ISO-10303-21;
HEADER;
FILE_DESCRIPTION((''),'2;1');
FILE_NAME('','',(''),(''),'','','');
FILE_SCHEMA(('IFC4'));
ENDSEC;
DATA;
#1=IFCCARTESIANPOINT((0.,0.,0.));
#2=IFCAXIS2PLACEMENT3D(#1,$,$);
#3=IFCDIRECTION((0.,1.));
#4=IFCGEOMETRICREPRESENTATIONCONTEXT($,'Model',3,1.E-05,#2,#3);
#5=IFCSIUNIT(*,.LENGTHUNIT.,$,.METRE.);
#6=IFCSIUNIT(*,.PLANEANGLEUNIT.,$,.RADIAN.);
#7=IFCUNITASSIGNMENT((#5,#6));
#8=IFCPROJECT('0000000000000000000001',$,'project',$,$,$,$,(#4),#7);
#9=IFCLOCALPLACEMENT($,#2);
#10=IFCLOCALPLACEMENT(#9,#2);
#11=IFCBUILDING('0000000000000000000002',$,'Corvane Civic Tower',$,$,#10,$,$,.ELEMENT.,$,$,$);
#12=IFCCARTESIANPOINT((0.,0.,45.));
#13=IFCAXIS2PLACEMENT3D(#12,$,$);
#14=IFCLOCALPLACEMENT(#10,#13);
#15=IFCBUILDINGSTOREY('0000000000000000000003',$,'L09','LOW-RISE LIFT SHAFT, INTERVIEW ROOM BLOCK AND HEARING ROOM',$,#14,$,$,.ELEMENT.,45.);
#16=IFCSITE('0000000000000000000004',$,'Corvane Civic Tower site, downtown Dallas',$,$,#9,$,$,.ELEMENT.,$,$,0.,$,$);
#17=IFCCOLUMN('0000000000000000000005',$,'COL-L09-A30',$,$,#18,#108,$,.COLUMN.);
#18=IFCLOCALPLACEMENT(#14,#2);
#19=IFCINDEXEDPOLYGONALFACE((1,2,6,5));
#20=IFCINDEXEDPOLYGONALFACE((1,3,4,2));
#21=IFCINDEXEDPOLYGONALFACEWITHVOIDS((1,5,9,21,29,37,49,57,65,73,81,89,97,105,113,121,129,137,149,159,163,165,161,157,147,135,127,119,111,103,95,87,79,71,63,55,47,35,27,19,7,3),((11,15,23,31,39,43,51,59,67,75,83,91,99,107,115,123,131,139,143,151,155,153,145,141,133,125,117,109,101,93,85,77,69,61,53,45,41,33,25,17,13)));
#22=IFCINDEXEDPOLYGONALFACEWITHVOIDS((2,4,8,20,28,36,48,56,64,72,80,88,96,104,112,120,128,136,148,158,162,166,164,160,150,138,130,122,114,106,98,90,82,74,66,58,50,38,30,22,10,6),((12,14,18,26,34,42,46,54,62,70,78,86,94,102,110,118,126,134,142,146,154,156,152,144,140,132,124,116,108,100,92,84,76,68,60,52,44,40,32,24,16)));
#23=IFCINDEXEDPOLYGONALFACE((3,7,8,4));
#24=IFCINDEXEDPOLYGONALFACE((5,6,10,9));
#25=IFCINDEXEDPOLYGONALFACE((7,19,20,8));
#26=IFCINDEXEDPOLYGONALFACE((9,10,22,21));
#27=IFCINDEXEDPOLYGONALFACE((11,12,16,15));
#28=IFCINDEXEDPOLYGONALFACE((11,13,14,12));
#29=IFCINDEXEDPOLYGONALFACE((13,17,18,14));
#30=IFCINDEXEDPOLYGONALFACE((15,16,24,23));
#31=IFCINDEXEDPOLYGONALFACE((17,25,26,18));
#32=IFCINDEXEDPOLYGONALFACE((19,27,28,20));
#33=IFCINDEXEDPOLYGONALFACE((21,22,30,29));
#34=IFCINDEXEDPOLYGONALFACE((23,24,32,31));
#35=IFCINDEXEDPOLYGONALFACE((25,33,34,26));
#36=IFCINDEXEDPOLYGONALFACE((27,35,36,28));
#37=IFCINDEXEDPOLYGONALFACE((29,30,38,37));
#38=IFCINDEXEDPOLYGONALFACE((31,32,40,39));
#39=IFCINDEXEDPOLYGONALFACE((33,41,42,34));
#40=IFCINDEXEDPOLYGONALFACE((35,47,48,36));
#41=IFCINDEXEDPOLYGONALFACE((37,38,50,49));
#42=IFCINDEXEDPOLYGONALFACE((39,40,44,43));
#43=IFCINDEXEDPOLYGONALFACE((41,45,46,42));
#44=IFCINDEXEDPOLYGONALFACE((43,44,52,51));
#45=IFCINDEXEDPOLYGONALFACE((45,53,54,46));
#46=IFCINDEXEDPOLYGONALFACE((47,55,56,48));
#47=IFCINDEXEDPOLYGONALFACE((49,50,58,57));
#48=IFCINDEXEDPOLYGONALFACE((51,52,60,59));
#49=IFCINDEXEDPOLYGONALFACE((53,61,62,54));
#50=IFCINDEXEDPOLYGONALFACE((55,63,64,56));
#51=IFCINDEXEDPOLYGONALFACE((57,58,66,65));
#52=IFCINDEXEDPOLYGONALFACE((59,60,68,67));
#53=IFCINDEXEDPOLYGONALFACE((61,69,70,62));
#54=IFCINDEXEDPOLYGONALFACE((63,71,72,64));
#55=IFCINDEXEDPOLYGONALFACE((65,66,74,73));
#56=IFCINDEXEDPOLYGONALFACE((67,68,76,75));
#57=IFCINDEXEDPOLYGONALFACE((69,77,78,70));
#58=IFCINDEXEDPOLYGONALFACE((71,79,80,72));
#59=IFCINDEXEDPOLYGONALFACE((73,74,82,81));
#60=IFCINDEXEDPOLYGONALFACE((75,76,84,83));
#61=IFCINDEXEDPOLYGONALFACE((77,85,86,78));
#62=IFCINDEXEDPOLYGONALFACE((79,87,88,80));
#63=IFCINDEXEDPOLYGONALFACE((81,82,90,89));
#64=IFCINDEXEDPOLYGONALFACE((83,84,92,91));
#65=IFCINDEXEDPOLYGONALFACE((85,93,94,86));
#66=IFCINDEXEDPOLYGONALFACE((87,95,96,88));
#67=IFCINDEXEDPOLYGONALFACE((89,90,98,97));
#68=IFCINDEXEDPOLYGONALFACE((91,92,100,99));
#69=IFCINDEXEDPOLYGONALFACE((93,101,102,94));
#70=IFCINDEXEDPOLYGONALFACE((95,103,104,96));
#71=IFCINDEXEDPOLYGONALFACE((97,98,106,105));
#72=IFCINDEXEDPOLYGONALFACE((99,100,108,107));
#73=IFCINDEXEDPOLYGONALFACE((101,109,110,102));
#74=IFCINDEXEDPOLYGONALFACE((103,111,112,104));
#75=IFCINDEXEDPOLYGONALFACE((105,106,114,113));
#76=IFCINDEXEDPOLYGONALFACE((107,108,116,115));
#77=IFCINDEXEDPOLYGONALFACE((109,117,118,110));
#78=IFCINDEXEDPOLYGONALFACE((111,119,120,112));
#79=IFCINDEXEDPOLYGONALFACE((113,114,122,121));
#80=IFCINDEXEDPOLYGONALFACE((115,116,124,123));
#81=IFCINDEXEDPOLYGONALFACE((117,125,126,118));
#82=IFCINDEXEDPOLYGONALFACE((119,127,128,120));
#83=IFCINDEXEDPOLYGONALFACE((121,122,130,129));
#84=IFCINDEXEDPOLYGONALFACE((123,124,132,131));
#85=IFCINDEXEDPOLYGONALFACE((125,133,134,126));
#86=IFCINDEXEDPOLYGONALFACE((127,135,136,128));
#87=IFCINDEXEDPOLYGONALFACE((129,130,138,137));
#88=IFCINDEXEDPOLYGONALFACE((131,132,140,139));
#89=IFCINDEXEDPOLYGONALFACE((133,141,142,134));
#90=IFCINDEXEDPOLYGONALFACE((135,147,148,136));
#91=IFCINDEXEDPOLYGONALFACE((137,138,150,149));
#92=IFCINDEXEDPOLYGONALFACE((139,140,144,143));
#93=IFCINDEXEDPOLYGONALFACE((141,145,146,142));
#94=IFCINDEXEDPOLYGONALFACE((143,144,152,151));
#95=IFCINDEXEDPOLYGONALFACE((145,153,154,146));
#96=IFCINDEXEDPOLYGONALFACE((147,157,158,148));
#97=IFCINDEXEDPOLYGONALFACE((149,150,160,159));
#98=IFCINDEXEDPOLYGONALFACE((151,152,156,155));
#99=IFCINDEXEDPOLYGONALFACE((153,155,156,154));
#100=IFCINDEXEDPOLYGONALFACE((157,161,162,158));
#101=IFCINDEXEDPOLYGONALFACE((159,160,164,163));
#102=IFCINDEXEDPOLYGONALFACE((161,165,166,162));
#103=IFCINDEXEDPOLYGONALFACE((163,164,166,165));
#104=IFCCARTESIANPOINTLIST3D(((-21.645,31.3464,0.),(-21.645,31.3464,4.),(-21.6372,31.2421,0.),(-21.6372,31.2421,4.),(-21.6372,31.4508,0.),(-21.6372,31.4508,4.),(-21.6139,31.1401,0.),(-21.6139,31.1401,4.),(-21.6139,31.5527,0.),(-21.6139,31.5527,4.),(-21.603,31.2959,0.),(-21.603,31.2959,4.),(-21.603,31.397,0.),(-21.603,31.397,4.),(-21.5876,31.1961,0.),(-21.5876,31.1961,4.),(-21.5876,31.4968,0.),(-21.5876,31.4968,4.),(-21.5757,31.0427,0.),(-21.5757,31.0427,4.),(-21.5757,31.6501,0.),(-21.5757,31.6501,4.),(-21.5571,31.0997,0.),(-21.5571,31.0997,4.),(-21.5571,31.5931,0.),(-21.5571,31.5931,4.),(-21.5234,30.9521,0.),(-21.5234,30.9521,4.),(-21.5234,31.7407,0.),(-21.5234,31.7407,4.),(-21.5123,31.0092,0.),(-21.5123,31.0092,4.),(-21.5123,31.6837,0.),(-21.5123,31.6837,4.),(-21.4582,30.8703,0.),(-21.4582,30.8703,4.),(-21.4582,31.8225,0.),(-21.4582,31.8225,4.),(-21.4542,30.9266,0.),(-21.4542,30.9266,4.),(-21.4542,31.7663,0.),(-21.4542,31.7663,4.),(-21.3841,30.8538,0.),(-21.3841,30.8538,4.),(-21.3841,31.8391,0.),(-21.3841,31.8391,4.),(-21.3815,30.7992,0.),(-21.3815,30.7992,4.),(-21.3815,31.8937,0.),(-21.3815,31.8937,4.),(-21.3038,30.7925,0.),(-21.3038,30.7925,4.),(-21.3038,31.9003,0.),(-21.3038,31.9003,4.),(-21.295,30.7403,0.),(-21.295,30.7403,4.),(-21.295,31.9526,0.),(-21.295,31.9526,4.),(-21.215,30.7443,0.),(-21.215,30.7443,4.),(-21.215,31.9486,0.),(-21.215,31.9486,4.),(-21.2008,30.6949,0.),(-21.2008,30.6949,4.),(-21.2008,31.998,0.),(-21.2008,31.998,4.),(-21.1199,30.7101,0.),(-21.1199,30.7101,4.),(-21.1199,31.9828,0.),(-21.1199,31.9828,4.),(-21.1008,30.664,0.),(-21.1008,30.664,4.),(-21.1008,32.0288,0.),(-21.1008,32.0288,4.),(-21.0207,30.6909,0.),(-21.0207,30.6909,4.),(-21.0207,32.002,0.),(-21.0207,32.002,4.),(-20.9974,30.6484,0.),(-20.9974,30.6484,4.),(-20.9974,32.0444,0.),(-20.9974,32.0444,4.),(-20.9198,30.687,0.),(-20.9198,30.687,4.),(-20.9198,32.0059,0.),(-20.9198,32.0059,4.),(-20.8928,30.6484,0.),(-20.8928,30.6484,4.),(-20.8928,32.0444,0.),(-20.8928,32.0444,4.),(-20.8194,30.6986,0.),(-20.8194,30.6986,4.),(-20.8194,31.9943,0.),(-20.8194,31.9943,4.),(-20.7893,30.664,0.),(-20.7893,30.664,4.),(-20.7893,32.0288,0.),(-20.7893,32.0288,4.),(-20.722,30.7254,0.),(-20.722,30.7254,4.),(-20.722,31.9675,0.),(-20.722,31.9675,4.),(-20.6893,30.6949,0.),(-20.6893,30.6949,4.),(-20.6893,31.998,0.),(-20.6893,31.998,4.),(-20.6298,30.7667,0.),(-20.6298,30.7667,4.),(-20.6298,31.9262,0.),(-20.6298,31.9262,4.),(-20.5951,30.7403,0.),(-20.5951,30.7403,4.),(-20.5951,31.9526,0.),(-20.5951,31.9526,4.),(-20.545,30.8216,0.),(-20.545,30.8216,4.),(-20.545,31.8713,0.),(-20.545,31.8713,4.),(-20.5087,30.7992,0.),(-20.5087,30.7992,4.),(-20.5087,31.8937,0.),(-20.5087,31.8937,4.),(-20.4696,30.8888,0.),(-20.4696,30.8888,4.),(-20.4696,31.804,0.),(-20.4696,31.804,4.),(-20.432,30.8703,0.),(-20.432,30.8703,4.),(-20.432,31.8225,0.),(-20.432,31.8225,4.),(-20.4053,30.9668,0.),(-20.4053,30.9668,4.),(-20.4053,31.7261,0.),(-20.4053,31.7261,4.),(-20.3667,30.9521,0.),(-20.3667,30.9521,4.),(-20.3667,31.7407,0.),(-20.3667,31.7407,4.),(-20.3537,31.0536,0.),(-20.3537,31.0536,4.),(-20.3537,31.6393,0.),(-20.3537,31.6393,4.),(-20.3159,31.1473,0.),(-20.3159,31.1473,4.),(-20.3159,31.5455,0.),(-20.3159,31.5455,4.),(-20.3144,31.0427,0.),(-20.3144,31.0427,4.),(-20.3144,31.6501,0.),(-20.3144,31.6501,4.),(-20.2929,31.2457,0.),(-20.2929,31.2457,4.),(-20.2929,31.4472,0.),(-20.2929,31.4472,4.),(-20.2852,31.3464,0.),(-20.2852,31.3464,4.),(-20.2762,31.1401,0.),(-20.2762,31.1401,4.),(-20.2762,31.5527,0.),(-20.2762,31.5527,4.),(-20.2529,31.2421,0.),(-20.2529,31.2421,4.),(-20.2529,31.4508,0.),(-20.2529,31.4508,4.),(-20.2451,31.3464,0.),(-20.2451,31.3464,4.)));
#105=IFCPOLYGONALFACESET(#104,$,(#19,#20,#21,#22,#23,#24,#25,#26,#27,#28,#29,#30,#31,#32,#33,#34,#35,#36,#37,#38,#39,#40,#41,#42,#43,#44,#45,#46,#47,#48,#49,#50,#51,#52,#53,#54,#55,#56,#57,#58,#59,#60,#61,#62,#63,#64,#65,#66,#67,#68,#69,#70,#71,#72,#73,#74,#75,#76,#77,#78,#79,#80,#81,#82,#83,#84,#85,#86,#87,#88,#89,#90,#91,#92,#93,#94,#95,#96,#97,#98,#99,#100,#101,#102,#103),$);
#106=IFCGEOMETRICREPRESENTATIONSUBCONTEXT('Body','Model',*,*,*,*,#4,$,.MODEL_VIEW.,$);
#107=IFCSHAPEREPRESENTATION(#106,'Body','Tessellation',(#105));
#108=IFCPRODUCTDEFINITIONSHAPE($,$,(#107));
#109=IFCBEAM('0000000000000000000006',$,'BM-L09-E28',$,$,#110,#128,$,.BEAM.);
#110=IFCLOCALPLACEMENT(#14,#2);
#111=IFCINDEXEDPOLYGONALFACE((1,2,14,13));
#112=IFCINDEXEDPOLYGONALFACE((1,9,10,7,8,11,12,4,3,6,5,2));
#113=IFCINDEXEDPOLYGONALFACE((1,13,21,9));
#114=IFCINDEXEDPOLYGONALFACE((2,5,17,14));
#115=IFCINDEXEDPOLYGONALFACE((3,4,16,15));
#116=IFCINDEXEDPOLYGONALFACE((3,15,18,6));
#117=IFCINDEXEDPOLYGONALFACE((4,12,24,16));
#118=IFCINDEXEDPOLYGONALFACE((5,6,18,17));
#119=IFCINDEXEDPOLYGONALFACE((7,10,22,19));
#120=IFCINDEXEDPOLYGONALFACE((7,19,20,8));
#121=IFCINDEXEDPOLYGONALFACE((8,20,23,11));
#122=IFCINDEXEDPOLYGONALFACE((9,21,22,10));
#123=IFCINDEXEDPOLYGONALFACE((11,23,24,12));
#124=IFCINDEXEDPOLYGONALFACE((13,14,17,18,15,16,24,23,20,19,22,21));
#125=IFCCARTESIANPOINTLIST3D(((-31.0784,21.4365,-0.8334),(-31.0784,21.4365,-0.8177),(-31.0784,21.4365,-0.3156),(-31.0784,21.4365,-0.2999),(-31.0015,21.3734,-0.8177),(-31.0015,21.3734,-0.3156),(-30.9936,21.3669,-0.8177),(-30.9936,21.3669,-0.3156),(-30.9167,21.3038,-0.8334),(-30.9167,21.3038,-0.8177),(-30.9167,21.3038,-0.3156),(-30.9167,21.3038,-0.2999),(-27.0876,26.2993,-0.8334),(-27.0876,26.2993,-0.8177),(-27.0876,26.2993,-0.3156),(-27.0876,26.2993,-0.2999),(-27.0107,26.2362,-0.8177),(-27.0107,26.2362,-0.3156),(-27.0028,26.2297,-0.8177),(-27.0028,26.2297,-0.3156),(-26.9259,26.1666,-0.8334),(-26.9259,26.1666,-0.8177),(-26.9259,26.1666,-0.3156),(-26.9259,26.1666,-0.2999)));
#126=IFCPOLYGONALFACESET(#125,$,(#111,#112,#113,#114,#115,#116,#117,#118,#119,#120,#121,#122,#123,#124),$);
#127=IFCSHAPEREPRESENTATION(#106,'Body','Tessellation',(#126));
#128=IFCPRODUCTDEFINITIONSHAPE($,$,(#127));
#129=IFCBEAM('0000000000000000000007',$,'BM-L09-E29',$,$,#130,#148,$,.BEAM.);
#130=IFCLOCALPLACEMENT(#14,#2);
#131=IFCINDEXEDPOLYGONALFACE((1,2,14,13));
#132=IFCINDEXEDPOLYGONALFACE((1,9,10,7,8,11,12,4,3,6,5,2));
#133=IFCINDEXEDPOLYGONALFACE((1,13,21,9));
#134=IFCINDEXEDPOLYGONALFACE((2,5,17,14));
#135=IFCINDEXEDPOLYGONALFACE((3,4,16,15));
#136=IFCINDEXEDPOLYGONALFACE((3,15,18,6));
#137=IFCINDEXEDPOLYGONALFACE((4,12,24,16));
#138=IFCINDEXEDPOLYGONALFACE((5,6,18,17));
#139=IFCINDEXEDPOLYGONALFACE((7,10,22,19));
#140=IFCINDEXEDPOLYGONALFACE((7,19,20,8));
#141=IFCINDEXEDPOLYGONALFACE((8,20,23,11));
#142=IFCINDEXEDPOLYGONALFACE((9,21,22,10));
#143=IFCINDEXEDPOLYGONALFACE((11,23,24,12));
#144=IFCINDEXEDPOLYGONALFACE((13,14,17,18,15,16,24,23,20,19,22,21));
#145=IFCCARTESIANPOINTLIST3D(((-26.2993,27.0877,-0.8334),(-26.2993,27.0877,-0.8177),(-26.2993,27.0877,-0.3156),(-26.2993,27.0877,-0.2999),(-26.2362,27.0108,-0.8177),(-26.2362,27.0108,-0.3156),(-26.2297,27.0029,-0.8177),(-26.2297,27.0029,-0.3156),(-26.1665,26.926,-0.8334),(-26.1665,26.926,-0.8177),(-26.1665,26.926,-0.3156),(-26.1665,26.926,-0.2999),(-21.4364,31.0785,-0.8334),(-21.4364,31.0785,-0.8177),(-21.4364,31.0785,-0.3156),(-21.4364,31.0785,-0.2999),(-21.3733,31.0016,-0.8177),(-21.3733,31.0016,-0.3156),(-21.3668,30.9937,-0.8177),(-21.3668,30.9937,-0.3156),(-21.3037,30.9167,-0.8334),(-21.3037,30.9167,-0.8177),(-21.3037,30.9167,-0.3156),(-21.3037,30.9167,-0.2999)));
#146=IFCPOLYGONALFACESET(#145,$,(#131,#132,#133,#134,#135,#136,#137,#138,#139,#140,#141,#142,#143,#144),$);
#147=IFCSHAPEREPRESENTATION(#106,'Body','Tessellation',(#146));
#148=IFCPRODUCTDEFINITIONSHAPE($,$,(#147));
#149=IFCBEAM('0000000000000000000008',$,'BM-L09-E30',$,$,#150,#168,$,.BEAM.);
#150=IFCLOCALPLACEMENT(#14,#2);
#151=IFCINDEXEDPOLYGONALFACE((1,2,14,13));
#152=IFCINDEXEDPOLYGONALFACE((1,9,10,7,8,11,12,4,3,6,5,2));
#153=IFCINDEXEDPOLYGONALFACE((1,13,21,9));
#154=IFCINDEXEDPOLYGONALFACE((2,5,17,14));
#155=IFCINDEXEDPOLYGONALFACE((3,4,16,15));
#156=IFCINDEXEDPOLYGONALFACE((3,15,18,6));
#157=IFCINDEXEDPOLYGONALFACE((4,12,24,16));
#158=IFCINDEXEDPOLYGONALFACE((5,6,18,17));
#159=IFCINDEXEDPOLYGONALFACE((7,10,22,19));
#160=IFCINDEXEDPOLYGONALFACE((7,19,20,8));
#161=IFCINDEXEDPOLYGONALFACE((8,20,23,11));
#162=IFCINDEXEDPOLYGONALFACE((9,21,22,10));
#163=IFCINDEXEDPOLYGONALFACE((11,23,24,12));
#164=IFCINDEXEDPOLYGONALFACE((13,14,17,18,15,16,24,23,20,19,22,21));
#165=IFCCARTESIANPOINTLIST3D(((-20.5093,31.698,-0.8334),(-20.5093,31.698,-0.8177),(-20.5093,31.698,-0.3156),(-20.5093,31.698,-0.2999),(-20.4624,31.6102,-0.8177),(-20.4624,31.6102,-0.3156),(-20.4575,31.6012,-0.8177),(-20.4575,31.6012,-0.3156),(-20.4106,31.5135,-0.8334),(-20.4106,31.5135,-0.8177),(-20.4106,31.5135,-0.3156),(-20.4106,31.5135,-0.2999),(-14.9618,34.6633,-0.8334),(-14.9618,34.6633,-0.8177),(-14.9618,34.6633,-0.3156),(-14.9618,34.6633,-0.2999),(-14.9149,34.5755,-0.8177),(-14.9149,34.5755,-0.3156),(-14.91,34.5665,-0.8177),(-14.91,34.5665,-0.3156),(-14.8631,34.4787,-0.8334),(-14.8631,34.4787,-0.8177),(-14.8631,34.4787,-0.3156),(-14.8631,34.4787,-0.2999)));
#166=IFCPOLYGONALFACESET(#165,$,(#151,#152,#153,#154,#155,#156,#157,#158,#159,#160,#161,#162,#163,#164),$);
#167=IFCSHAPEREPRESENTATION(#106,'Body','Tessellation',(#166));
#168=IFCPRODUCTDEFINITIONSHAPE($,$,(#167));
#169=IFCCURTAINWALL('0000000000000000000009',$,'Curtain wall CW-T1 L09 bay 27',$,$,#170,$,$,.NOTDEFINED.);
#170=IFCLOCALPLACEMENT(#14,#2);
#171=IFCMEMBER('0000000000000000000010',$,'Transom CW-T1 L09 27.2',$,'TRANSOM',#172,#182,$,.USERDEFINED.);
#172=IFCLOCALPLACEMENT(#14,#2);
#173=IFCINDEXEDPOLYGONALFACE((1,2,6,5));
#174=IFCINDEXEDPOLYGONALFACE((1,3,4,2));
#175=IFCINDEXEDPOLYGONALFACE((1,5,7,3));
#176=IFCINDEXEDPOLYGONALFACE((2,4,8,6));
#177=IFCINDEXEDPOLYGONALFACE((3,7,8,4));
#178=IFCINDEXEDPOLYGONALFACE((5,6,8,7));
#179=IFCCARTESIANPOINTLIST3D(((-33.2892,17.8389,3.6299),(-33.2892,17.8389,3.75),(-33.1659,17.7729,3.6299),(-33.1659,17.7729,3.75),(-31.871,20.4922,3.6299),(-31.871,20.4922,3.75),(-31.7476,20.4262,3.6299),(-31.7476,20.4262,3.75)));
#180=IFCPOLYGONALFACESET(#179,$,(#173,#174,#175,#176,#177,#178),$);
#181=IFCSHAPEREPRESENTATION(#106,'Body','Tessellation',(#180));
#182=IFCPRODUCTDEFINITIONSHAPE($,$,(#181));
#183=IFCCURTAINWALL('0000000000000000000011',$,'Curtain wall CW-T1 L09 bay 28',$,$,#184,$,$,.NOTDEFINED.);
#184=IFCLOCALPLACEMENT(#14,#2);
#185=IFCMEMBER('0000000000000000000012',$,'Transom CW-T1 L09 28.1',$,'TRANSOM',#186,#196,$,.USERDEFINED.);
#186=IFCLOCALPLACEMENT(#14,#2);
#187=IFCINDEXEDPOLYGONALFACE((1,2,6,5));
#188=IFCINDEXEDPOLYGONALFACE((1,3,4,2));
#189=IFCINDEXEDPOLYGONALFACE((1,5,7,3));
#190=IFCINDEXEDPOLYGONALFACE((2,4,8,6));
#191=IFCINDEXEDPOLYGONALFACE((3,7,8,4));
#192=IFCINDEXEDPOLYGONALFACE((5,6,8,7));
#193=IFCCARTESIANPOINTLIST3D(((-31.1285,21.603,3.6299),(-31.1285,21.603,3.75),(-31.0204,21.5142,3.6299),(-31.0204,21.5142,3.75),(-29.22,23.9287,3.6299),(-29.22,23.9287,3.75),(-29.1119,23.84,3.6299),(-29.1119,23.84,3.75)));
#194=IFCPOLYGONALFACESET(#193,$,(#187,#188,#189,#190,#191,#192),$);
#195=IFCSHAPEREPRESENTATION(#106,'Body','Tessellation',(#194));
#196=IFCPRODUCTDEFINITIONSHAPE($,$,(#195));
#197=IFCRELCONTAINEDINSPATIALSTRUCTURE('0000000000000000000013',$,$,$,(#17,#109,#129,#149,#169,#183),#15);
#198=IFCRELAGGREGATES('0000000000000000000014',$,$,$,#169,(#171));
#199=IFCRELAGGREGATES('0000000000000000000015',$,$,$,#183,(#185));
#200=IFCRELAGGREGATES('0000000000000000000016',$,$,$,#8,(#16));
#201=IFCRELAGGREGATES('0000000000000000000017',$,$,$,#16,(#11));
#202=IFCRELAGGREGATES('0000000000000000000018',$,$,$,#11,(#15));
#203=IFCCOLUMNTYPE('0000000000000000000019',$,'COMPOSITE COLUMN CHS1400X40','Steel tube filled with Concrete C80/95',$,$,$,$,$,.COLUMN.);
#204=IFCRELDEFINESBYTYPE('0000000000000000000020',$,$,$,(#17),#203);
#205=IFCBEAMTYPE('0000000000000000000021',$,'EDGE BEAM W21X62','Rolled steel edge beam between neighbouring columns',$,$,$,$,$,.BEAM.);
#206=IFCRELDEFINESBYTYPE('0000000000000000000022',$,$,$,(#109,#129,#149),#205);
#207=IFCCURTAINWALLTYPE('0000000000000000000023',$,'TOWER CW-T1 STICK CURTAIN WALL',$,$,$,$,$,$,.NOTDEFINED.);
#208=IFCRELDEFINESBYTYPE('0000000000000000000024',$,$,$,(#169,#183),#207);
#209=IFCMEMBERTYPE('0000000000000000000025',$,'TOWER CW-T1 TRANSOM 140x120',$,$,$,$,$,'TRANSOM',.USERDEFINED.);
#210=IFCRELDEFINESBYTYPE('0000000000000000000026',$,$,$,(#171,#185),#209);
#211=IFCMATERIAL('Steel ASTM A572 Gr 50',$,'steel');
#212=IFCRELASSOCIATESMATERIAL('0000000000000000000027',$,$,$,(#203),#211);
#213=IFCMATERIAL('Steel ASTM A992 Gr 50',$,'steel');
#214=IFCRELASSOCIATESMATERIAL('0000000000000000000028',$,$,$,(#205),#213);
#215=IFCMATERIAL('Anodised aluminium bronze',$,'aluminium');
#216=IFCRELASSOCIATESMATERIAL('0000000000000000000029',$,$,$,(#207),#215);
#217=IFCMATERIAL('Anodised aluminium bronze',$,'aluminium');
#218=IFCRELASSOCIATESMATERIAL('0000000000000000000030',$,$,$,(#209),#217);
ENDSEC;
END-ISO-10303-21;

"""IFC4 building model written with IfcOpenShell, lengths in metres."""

from ifc_helpers import new_model, si_unit, direction, frame, origin, origin_2d, place, context, subcontext, project, spatial, rectangle, hollow_circle, i_section, extrude, material, material_profile, profile_set, type_object, element, aggregate, save


model = new_model("IFC4")

# Units and contexts
model_context = context("Model", 3, precision=1e-05, world=origin(), true_north=direction((0.0, 1.0)))
body_context = subcontext(model_context, "Body", "Model", "MODEL_VIEW")
ifc_project = project(units=[si_unit("LENGTHUNIT", "METRE"), si_unit("PLANEANGLEUNIT", "RADIAN")], contexts=[model_context])

# Site, building, storey
site_placement = place(None, origin())
site = spatial("IfcSite", under=ifc_project, at=site_placement, Name="Corvane Civic Tower site, downtown Dallas", CompositionType="ELEMENT", RefElevation=0.0)
building_placement = place(site_placement, origin())
building = spatial("IfcBuilding", under=site, at=building_placement, Name="Corvane Civic Tower", CompositionType="ELEMENT")
storey_placement = place(building_placement, frame((0.0, 0.0, 45.0)))
storey = spatial("IfcBuildingStorey", under=building, at=storey_placement, Name="L09", Description="LOW-RISE LIFT SHAFT, INTERVIEW ROOM BLOCK AND HEARING ROOM", CompositionType="ELEMENT", Elevation=45.0)

# Column
ifc_material_1 = material(Name="Steel ASTM A572 Gr 50", Category="steel")
ifc_material_profile_1 = material_profile(ifc_material_1, hollow_circle(Radius=0.7, WallThickness=0.04, at=origin_2d()), Name="CHS1400X40")
ifc_profile_set_1 = profile_set([ifc_material_profile_1], Name="Steel ASTM A572 Gr 50")
column_type = type_object("IfcColumnType", Name="COMPOSITE COLUMN CHS1400X40", Description="Steel tube filled with Concrete C80/95", PredefinedType="COLUMN", material=ifc_profile_set_1)
for number, where, z_axis, x_axis, name in (
    (1, (-20.9451, 31.3464, 0.0), (0.0, 0.0, 1.0), (1.0, 0.0, 0.0), "COL-L09-A30"),
):
    element("IfcColumn", number, at=place(storey_placement, frame(where, z_axis=z_axis, x_axis=x_axis)), inside=storey, type_object=column_type, Name=name, PredefinedType="COLUMN", context=body_context, shape_type="SweptSolid", body=[
        extrude(hollow_circle(Radius=0.7, WallThickness=0.04, at=origin_2d()), origin(), (0.0, 0.0, 1.0), 4.0),
    ])

# Beams
ifc_material_2 = material(Name="Steel ASTM A992 Gr 50", Category="steel")
ifc_material_profile_2 = material_profile(ifc_material_2, i_section(OverallWidth=0.2092, OverallDepth=0.5334, WebThickness=0.0103, FlangeThickness=0.0156, at=origin_2d()), Name="W21X62")
ifc_profile_set_2 = profile_set([ifc_material_profile_2], Name="Steel ASTM A992 Gr 50")
beam_type = type_object("IfcBeamType", Name="EDGE BEAM W21X62", Description="Rolled steel edge beam between neighbouring columns", PredefinedType="BEAM", material=ifc_profile_set_2)
for number, where, z_axis, x_axis, name in (
    (2, (-30.9976, 21.3701, -0.5667), (0.634387, 0.773016, 0.0), (-0.773016, 0.634387, 0.0), "BM-L09-E28"),
    (3, (-26.2329, 27.0068, -0.5667), (0.773016, 0.634387, 0.0), (-0.634387, 0.773016, 0.0), "BM-L09-E29"),
):
    element("IfcBeam", number, at=place(storey_placement, frame(where, z_axis=z_axis, x_axis=x_axis)), inside=storey, type_object=beam_type, Name=name, PredefinedType="BEAM", context=body_context, shape_type="SweptSolid", body=[
        extrude(i_section(OverallWidth=0.2092, OverallDepth=0.5334, WebThickness=0.0103, FlangeThickness=0.0156, at=origin_2d()), origin(), (0.0, 0.0, 1.0), 6.2908),
    ])
beam_placement = place(storey_placement, frame((-20.46, 31.6057, -0.5667), z_axis=(0.881916, 0.471406, 0.0), x_axis=(-0.471406, 0.881916, 0.0)))
element("IfcBeam", 4, at=beam_placement, inside=storey, type_object=beam_type, Name="BM-L09-E30", PredefinedType="BEAM", context=body_context, shape_type="SweptSolid", body=[
    extrude(i_section(OverallWidth=0.2092, OverallDepth=0.5334, WebThickness=0.0103, FlangeThickness=0.0156, at=origin_2d()), origin(), (0.0, 0.0, 1.0), 6.2903),
])

# Curtain wall, member
ifc_material_3 = material(Name="Anodised aluminium bronze", Category="aluminium")
curtain_wall_type = type_object("IfcCurtainWallType", Name="TOWER CW-T1 STICK CURTAIN WALL", PredefinedType="NOTDEFINED", material=ifc_material_3)
curtain_wall_1_placement = place(storey_placement, origin())
curtain_wall_1 = element("IfcCurtainWall", 5, at=curtain_wall_1_placement, inside=storey, type_object=curtain_wall_type, Name="Curtain wall CW-T1 L09 bay 27", PredefinedType="NOTDEFINED")
ifc_material_4 = material(Name="Anodised aluminium bronze", Category="aluminium")
ifc_material_profile_3 = material_profile(ifc_material_4, rectangle(XDim=0.1399, YDim=0.1201, at=origin_2d()), Name="TOWER CW-T1 TRANSOM 140x120")
ifc_profile_set_3 = profile_set([ifc_material_profile_3], Name="Anodised aluminium bronze")
member_type_1 = type_object("IfcMemberType", Name="TOWER CW-T1 TRANSOM 140x120", ElementType="TRANSOM", PredefinedType="USERDEFINED", material=ifc_profile_set_3)
member_1_placement = place(storey_placement, frame((-33.2275, 17.8059, 3.6899), z_axis=(0.471393, 0.881924, 0.0), x_axis=(-0.881924, 0.471393, 0.0)))
member_1 = element("IfcMember", 6, at=member_1_placement, type_object=member_type_1, Name="Transom CW-T1 L09 27.2", ObjectType="TRANSOM", PredefinedType="USERDEFINED", context=body_context, shape_type="SweptSolid", body=[
    extrude(rectangle(XDim=0.1399, YDim=0.1201, at=origin_2d()), origin(), (0.0, 0.0, 1.0), 3.0085),
])

# Curtain wall, member
curtain_wall_2_placement = place(storey_placement, origin())
curtain_wall_2 = element("IfcCurtainWall", 7, at=curtain_wall_2_placement, inside=storey, type_object=curtain_wall_type, Name="Curtain wall CW-T1 L09 bay 28", PredefinedType="NOTDEFINED")
member_2_placement = place(storey_placement, frame((-31.0745, 21.5586, 3.6899), z_axis=(0.634355, 0.773042, 0.0), x_axis=(-0.773042, 0.634355, 0.0)))
member_2 = element("IfcMember", 8, at=member_2_placement, type_object=member_type_1, Name="Transom CW-T1 L09 28.1", ObjectType="TRANSOM", PredefinedType="USERDEFINED", context=body_context, shape_type="SweptSolid", body=[
    extrude(rectangle(XDim=0.1399, YDim=0.1201, at=origin_2d()), origin(), (0.0, 0.0, 1.0), 3.0085),
])

aggregate(curtain_wall_1, [member_1])
aggregate(curtain_wall_2, [member_2])

save(model, "model.ifc")
